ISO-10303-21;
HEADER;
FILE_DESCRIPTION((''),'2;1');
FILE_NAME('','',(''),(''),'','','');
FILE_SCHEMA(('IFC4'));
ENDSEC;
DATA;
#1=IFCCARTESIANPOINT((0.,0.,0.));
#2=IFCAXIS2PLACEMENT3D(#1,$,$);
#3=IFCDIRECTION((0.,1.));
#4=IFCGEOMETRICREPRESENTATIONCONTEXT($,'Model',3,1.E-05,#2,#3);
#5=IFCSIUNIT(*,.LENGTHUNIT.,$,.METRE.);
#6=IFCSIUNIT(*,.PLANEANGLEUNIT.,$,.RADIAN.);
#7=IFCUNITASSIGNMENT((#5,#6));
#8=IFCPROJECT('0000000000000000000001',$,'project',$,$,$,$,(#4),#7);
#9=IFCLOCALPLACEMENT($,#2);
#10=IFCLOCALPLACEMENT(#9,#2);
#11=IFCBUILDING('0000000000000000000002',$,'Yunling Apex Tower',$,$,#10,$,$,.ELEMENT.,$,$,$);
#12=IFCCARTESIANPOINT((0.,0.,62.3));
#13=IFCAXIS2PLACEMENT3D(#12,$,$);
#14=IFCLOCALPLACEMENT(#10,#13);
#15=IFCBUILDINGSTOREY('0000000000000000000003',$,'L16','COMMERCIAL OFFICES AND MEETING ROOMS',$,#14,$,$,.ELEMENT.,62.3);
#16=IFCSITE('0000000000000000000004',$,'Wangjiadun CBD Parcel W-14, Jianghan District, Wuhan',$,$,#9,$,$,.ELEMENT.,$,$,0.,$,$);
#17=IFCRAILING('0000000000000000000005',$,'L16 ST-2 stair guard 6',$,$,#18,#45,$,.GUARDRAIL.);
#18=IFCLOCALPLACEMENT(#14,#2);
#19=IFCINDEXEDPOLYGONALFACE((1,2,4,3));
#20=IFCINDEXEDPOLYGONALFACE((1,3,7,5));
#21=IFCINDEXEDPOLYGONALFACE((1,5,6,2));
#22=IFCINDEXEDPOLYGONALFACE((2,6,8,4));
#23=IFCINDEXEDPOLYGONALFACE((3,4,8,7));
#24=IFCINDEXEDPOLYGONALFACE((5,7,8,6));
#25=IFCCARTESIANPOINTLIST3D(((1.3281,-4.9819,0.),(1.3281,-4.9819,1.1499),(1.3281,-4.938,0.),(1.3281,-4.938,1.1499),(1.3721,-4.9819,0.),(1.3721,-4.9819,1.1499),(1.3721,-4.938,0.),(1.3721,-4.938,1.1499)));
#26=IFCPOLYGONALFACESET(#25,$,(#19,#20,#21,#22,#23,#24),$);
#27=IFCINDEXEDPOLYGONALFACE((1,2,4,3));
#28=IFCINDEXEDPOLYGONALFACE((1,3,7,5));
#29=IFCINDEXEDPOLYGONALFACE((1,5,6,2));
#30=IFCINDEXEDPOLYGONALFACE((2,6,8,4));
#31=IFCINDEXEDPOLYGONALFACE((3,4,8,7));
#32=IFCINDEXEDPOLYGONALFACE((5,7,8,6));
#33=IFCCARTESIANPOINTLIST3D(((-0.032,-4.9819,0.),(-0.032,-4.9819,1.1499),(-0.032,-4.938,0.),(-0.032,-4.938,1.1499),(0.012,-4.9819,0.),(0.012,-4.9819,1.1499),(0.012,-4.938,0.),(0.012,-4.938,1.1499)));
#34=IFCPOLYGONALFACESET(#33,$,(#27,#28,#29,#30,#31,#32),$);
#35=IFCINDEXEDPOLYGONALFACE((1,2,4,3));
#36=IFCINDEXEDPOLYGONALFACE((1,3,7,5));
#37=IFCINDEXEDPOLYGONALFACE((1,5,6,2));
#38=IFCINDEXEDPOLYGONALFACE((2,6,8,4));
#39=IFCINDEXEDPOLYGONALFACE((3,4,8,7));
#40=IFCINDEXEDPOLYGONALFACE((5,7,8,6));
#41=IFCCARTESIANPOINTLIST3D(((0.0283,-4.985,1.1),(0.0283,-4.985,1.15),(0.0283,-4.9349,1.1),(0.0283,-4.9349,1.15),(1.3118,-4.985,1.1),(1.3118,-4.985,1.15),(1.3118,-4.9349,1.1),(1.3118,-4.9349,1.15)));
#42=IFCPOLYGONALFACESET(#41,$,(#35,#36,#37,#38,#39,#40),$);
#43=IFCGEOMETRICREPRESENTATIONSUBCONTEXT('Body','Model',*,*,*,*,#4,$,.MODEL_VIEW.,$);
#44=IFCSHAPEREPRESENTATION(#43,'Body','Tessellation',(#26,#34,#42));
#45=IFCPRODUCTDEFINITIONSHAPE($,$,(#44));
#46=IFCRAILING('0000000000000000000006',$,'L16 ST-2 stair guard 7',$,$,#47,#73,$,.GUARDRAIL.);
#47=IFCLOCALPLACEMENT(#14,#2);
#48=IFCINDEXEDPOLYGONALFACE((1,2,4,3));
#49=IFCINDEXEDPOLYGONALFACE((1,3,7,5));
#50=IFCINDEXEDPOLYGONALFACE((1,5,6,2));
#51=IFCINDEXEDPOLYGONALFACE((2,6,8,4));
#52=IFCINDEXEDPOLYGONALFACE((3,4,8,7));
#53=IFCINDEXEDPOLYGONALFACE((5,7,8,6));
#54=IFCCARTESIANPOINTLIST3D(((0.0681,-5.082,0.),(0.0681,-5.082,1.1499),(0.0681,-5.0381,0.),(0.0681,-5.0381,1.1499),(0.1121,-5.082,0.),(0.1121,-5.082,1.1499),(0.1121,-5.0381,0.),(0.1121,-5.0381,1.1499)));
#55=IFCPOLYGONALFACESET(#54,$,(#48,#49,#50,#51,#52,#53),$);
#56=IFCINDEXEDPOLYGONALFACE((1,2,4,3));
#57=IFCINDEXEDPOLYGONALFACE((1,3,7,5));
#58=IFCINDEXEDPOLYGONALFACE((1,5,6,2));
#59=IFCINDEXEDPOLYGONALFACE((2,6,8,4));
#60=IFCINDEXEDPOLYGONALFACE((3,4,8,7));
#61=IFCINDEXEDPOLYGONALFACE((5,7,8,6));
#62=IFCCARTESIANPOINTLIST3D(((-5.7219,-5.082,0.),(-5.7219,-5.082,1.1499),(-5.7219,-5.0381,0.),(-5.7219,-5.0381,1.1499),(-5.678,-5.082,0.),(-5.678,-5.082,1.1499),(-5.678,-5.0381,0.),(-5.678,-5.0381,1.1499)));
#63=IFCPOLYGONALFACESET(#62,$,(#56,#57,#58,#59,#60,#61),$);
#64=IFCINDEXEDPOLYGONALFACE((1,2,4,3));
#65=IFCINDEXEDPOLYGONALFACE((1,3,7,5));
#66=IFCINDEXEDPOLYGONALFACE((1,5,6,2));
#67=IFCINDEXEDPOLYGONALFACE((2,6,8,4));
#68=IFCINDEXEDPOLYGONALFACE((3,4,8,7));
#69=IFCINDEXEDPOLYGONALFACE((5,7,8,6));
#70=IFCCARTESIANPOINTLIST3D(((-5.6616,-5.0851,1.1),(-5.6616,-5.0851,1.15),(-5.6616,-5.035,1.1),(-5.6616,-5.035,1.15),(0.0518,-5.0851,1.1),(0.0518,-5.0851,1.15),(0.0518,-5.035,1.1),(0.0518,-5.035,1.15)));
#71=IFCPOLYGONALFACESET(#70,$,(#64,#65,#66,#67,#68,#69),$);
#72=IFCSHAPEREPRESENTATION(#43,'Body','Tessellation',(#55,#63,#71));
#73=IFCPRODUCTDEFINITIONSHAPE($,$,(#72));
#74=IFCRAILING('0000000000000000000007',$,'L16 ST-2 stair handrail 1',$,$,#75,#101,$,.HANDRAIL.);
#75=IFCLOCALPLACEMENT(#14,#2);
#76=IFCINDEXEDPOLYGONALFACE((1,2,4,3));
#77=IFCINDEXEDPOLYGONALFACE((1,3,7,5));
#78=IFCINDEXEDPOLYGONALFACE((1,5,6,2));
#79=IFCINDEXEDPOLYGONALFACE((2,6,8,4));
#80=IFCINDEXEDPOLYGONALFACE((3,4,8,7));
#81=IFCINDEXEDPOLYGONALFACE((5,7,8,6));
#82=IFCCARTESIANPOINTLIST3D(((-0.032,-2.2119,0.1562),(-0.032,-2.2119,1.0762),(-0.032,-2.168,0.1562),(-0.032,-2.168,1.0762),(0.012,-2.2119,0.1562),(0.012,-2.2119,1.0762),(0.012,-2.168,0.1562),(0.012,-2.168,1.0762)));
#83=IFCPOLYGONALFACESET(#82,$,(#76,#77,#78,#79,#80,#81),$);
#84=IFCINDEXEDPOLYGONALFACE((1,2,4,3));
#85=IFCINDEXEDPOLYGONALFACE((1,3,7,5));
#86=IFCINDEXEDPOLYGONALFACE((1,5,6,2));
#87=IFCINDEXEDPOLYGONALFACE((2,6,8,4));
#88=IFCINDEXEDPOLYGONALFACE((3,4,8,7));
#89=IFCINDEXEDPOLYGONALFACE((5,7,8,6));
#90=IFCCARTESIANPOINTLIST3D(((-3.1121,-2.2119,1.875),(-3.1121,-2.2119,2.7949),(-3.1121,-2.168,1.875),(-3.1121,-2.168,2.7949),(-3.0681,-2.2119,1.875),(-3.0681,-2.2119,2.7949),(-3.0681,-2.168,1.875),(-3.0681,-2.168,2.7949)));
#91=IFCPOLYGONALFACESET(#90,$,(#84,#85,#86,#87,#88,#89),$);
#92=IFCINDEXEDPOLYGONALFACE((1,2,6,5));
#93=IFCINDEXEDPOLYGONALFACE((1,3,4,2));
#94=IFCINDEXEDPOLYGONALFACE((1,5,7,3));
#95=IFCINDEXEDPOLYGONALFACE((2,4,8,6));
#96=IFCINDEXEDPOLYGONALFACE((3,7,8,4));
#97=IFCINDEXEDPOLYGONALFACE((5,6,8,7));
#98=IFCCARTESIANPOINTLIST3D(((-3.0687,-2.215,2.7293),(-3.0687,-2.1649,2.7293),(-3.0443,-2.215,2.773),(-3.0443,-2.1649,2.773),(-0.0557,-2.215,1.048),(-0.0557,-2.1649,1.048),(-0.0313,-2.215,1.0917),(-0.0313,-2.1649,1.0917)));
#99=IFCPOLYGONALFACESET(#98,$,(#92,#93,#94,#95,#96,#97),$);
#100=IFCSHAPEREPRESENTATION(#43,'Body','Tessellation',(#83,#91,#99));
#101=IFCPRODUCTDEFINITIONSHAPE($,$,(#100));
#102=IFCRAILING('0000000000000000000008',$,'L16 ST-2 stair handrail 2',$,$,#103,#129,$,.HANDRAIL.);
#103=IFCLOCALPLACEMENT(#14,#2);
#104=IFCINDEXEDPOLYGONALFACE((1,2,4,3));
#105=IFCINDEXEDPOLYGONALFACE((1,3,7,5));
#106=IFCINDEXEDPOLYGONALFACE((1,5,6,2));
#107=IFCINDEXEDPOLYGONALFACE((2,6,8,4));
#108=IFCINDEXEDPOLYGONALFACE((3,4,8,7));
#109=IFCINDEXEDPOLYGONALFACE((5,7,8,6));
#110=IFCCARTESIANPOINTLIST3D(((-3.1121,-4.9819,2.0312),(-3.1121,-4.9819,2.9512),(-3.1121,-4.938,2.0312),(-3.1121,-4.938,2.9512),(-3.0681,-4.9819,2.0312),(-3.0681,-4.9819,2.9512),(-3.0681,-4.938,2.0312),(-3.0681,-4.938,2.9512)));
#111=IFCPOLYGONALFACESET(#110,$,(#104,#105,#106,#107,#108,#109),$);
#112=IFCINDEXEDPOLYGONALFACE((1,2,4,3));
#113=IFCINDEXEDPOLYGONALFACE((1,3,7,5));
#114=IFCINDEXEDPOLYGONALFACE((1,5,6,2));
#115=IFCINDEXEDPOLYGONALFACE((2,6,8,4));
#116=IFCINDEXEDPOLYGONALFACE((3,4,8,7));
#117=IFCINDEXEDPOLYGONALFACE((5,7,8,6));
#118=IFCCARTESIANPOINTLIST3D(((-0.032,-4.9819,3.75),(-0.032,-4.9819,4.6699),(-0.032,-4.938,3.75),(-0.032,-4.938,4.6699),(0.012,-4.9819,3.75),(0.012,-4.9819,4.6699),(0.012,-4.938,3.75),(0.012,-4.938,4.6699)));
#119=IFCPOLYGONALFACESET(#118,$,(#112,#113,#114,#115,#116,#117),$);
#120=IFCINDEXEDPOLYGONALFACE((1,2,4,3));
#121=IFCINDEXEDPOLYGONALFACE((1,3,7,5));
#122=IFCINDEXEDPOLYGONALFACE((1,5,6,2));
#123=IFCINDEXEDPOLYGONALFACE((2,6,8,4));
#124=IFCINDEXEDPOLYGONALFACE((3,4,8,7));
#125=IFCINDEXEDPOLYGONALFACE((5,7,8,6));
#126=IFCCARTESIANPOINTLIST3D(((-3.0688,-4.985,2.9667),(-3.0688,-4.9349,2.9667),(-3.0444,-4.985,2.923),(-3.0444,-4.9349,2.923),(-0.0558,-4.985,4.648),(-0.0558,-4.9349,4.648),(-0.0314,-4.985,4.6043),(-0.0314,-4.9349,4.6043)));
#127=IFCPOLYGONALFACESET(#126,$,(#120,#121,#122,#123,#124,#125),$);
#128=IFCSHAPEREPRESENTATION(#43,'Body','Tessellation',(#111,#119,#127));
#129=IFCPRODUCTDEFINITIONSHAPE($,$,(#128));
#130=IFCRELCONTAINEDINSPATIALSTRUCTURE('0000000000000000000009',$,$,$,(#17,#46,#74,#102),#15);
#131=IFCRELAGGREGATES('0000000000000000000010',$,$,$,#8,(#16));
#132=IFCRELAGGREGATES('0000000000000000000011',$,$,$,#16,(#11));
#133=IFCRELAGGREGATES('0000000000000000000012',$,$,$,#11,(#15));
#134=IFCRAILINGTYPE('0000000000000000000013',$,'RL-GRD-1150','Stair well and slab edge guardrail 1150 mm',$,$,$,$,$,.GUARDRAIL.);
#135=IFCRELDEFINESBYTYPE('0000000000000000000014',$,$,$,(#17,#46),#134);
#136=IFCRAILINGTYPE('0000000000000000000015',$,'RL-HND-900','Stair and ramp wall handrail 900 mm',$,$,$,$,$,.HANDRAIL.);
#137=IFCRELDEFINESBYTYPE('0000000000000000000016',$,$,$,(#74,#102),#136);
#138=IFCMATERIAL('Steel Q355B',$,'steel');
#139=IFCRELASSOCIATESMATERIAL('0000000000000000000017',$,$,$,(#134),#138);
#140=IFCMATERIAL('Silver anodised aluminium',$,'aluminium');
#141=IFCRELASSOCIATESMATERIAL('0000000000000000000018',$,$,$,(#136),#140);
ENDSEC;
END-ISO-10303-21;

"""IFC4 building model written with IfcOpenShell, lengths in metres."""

from ifc_helpers import new_model, si_unit, direction, frame, origin, origin_2d, place, context, subcontext, project, spatial, rectangle, extrude, material, type_object, element, save


model = new_model("IFC4")

# Units and contexts
model_context = context("Model", 3, precision=1e-05, world=origin(), true_north=direction((0.0, 1.0)))
body_context = subcontext(model_context, "Body", "Model", "MODEL_VIEW")
ifc_project = project(units=[si_unit("LENGTHUNIT", "METRE"), si_unit("PLANEANGLEUNIT", "RADIAN")], contexts=[model_context])

# Site, building, storey
site_placement = place(None, origin())
site = spatial("IfcSite", under=ifc_project, at=site_placement, Name="Wangjiadun CBD Parcel W-14, Jianghan District, Wuhan", CompositionType="ELEMENT", RefElevation=0.0)
building_placement = place(site_placement, origin())
building = spatial("IfcBuilding", under=site, at=building_placement, Name="Yunling Apex Tower", CompositionType="ELEMENT")
storey_placement = place(building_placement, frame((0.0, 0.0, 62.3)))
storey = spatial("IfcBuildingStorey", under=building, at=storey_placement, Name="L16", Description="COMMERCIAL OFFICES AND MEETING ROOMS", CompositionType="ELEMENT", Elevation=62.3)

# Shared definitions
ifc_material_1 = material(Name="Steel Q355B", Category="steel")

# Railings
railing_type_1 = type_object("IfcRailingType", Name="RL-GRD-1150", Description="Stair well and slab edge guardrail 1150 mm", PredefinedType="GUARDRAIL", material=ifc_material_1)
railing_1_placement = place(storey_placement, frame((1.3501, -4.96, 0.0)))
element("IfcRailing", 1, at=railing_1_placement, inside=storey, type_object=railing_type_1, Name="L16 ST-2 stair guard 6", PredefinedType="GUARDRAIL", context=body_context, shape_type="SweptSolid", body=[
    extrude(rectangle(XDim=0.0439, YDim=0.0439, at=origin_2d()), origin(), (0.0, 0.0, 1.0), 1.1499),
    extrude(rectangle(XDim=0.0439, YDim=0.0439, at=origin_2d()), frame((-1.3601, 0.0, 0.0)), (0.0, 0.0, 1.0), 1.1499),
    extrude(rectangle(XDim=0.05, YDim=0.05, at=origin_2d()), frame((-0.0383, 0.0, 1.125), z_axis=(-1.0, 0.0, 0.0), x_axis=(0.0, -1.0, 0.0)), (0.0, 0.0, 1.0), 1.2834),
])
railing_2_placement = place(storey_placement, frame((0.0901, -5.0601, 0.0)))
element("IfcRailing", 2, at=railing_2_placement, inside=storey, type_object=railing_type_1, Name="L16 ST-2 stair guard 7", PredefinedType="GUARDRAIL", context=body_context, shape_type="SweptSolid", body=[
    extrude(rectangle(XDim=0.0439, YDim=0.0439, at=origin_2d()), origin(), (0.0, 0.0, 1.0), 1.1499),
    extrude(rectangle(XDim=0.0439, YDim=0.0439, at=origin_2d()), frame((-5.79, 0.0, 0.0)), (0.0, 0.0, 1.0), 1.1499),
    extrude(rectangle(XDim=0.05, YDim=0.05, at=origin_2d()), frame((-0.0383, 0.0, 1.125), z_axis=(-1.0, 0.0, 0.0), x_axis=(0.0, -1.0, 0.0)), (0.0, 0.0, 1.0), 5.7134),
])
ifc_material_2 = material(Name="Silver anodised aluminium", Category="aluminium")
railing_type_2 = type_object("IfcRailingType", Name="RL-HND-900", Description="Stair and ramp wall handrail 900 mm", PredefinedType="HANDRAIL", material=ifc_material_2)
railing_3_placement = place(storey_placement, frame((-0.01, -2.1899, 0.1562)))
element("IfcRailing", 3, at=railing_3_placement, inside=storey, type_object=railing_type_2, Name="L16 ST-2 stair handrail 1", PredefinedType="HANDRAIL", context=body_context, shape_type="SweptSolid", body=[
    extrude(rectangle(XDim=0.0439, YDim=0.0439, at=origin_2d()), origin(), (0.0, 0.0, 1.0), 0.9199),
    extrude(rectangle(XDim=0.0439, YDim=0.0439, at=origin_2d()), frame((-3.0801, 0.0, 1.7188)), (0.0, 0.0, 1.0), 0.9199),
    extrude(rectangle(XDim=0.05, YDim=0.05, at=origin_2d()), frame((-0.0334, 0.0, 0.9136), z_axis=(-0.873242, 0.0, 0.487288), x_axis=(0.0, -1.0, 0.0)), (0.0, 0.0, 1.0), 3.4504),
])
railing_4_placement = place(storey_placement, frame((-3.0901, -4.96, 2.0312)))
element("IfcRailing", 4, at=railing_4_placement, inside=storey, type_object=railing_type_2, Name="L16 ST-2 stair handrail 2", PredefinedType="HANDRAIL", context=body_context, shape_type="SweptSolid", body=[
    extrude(rectangle(XDim=0.0439, YDim=0.0439, at=origin_2d()), origin(), (0.0, 0.0, 1.0), 0.9199),
    extrude(rectangle(XDim=0.0439, YDim=0.0439, at=origin_2d()), frame((3.0801, 0.0, 1.7188)), (0.0, 0.0, 1.0), 0.9199),
    extrude(rectangle(XDim=0.05, YDim=0.05, at=origin_2d()), frame((0.0334, 0.0, 0.9136), z_axis=(0.873242, 0.0, 0.487288), x_axis=(0.0, 1.0, 0.0)), (0.0, 0.0, 1.0), 3.4504),
])

save(model, "model.ifc")
